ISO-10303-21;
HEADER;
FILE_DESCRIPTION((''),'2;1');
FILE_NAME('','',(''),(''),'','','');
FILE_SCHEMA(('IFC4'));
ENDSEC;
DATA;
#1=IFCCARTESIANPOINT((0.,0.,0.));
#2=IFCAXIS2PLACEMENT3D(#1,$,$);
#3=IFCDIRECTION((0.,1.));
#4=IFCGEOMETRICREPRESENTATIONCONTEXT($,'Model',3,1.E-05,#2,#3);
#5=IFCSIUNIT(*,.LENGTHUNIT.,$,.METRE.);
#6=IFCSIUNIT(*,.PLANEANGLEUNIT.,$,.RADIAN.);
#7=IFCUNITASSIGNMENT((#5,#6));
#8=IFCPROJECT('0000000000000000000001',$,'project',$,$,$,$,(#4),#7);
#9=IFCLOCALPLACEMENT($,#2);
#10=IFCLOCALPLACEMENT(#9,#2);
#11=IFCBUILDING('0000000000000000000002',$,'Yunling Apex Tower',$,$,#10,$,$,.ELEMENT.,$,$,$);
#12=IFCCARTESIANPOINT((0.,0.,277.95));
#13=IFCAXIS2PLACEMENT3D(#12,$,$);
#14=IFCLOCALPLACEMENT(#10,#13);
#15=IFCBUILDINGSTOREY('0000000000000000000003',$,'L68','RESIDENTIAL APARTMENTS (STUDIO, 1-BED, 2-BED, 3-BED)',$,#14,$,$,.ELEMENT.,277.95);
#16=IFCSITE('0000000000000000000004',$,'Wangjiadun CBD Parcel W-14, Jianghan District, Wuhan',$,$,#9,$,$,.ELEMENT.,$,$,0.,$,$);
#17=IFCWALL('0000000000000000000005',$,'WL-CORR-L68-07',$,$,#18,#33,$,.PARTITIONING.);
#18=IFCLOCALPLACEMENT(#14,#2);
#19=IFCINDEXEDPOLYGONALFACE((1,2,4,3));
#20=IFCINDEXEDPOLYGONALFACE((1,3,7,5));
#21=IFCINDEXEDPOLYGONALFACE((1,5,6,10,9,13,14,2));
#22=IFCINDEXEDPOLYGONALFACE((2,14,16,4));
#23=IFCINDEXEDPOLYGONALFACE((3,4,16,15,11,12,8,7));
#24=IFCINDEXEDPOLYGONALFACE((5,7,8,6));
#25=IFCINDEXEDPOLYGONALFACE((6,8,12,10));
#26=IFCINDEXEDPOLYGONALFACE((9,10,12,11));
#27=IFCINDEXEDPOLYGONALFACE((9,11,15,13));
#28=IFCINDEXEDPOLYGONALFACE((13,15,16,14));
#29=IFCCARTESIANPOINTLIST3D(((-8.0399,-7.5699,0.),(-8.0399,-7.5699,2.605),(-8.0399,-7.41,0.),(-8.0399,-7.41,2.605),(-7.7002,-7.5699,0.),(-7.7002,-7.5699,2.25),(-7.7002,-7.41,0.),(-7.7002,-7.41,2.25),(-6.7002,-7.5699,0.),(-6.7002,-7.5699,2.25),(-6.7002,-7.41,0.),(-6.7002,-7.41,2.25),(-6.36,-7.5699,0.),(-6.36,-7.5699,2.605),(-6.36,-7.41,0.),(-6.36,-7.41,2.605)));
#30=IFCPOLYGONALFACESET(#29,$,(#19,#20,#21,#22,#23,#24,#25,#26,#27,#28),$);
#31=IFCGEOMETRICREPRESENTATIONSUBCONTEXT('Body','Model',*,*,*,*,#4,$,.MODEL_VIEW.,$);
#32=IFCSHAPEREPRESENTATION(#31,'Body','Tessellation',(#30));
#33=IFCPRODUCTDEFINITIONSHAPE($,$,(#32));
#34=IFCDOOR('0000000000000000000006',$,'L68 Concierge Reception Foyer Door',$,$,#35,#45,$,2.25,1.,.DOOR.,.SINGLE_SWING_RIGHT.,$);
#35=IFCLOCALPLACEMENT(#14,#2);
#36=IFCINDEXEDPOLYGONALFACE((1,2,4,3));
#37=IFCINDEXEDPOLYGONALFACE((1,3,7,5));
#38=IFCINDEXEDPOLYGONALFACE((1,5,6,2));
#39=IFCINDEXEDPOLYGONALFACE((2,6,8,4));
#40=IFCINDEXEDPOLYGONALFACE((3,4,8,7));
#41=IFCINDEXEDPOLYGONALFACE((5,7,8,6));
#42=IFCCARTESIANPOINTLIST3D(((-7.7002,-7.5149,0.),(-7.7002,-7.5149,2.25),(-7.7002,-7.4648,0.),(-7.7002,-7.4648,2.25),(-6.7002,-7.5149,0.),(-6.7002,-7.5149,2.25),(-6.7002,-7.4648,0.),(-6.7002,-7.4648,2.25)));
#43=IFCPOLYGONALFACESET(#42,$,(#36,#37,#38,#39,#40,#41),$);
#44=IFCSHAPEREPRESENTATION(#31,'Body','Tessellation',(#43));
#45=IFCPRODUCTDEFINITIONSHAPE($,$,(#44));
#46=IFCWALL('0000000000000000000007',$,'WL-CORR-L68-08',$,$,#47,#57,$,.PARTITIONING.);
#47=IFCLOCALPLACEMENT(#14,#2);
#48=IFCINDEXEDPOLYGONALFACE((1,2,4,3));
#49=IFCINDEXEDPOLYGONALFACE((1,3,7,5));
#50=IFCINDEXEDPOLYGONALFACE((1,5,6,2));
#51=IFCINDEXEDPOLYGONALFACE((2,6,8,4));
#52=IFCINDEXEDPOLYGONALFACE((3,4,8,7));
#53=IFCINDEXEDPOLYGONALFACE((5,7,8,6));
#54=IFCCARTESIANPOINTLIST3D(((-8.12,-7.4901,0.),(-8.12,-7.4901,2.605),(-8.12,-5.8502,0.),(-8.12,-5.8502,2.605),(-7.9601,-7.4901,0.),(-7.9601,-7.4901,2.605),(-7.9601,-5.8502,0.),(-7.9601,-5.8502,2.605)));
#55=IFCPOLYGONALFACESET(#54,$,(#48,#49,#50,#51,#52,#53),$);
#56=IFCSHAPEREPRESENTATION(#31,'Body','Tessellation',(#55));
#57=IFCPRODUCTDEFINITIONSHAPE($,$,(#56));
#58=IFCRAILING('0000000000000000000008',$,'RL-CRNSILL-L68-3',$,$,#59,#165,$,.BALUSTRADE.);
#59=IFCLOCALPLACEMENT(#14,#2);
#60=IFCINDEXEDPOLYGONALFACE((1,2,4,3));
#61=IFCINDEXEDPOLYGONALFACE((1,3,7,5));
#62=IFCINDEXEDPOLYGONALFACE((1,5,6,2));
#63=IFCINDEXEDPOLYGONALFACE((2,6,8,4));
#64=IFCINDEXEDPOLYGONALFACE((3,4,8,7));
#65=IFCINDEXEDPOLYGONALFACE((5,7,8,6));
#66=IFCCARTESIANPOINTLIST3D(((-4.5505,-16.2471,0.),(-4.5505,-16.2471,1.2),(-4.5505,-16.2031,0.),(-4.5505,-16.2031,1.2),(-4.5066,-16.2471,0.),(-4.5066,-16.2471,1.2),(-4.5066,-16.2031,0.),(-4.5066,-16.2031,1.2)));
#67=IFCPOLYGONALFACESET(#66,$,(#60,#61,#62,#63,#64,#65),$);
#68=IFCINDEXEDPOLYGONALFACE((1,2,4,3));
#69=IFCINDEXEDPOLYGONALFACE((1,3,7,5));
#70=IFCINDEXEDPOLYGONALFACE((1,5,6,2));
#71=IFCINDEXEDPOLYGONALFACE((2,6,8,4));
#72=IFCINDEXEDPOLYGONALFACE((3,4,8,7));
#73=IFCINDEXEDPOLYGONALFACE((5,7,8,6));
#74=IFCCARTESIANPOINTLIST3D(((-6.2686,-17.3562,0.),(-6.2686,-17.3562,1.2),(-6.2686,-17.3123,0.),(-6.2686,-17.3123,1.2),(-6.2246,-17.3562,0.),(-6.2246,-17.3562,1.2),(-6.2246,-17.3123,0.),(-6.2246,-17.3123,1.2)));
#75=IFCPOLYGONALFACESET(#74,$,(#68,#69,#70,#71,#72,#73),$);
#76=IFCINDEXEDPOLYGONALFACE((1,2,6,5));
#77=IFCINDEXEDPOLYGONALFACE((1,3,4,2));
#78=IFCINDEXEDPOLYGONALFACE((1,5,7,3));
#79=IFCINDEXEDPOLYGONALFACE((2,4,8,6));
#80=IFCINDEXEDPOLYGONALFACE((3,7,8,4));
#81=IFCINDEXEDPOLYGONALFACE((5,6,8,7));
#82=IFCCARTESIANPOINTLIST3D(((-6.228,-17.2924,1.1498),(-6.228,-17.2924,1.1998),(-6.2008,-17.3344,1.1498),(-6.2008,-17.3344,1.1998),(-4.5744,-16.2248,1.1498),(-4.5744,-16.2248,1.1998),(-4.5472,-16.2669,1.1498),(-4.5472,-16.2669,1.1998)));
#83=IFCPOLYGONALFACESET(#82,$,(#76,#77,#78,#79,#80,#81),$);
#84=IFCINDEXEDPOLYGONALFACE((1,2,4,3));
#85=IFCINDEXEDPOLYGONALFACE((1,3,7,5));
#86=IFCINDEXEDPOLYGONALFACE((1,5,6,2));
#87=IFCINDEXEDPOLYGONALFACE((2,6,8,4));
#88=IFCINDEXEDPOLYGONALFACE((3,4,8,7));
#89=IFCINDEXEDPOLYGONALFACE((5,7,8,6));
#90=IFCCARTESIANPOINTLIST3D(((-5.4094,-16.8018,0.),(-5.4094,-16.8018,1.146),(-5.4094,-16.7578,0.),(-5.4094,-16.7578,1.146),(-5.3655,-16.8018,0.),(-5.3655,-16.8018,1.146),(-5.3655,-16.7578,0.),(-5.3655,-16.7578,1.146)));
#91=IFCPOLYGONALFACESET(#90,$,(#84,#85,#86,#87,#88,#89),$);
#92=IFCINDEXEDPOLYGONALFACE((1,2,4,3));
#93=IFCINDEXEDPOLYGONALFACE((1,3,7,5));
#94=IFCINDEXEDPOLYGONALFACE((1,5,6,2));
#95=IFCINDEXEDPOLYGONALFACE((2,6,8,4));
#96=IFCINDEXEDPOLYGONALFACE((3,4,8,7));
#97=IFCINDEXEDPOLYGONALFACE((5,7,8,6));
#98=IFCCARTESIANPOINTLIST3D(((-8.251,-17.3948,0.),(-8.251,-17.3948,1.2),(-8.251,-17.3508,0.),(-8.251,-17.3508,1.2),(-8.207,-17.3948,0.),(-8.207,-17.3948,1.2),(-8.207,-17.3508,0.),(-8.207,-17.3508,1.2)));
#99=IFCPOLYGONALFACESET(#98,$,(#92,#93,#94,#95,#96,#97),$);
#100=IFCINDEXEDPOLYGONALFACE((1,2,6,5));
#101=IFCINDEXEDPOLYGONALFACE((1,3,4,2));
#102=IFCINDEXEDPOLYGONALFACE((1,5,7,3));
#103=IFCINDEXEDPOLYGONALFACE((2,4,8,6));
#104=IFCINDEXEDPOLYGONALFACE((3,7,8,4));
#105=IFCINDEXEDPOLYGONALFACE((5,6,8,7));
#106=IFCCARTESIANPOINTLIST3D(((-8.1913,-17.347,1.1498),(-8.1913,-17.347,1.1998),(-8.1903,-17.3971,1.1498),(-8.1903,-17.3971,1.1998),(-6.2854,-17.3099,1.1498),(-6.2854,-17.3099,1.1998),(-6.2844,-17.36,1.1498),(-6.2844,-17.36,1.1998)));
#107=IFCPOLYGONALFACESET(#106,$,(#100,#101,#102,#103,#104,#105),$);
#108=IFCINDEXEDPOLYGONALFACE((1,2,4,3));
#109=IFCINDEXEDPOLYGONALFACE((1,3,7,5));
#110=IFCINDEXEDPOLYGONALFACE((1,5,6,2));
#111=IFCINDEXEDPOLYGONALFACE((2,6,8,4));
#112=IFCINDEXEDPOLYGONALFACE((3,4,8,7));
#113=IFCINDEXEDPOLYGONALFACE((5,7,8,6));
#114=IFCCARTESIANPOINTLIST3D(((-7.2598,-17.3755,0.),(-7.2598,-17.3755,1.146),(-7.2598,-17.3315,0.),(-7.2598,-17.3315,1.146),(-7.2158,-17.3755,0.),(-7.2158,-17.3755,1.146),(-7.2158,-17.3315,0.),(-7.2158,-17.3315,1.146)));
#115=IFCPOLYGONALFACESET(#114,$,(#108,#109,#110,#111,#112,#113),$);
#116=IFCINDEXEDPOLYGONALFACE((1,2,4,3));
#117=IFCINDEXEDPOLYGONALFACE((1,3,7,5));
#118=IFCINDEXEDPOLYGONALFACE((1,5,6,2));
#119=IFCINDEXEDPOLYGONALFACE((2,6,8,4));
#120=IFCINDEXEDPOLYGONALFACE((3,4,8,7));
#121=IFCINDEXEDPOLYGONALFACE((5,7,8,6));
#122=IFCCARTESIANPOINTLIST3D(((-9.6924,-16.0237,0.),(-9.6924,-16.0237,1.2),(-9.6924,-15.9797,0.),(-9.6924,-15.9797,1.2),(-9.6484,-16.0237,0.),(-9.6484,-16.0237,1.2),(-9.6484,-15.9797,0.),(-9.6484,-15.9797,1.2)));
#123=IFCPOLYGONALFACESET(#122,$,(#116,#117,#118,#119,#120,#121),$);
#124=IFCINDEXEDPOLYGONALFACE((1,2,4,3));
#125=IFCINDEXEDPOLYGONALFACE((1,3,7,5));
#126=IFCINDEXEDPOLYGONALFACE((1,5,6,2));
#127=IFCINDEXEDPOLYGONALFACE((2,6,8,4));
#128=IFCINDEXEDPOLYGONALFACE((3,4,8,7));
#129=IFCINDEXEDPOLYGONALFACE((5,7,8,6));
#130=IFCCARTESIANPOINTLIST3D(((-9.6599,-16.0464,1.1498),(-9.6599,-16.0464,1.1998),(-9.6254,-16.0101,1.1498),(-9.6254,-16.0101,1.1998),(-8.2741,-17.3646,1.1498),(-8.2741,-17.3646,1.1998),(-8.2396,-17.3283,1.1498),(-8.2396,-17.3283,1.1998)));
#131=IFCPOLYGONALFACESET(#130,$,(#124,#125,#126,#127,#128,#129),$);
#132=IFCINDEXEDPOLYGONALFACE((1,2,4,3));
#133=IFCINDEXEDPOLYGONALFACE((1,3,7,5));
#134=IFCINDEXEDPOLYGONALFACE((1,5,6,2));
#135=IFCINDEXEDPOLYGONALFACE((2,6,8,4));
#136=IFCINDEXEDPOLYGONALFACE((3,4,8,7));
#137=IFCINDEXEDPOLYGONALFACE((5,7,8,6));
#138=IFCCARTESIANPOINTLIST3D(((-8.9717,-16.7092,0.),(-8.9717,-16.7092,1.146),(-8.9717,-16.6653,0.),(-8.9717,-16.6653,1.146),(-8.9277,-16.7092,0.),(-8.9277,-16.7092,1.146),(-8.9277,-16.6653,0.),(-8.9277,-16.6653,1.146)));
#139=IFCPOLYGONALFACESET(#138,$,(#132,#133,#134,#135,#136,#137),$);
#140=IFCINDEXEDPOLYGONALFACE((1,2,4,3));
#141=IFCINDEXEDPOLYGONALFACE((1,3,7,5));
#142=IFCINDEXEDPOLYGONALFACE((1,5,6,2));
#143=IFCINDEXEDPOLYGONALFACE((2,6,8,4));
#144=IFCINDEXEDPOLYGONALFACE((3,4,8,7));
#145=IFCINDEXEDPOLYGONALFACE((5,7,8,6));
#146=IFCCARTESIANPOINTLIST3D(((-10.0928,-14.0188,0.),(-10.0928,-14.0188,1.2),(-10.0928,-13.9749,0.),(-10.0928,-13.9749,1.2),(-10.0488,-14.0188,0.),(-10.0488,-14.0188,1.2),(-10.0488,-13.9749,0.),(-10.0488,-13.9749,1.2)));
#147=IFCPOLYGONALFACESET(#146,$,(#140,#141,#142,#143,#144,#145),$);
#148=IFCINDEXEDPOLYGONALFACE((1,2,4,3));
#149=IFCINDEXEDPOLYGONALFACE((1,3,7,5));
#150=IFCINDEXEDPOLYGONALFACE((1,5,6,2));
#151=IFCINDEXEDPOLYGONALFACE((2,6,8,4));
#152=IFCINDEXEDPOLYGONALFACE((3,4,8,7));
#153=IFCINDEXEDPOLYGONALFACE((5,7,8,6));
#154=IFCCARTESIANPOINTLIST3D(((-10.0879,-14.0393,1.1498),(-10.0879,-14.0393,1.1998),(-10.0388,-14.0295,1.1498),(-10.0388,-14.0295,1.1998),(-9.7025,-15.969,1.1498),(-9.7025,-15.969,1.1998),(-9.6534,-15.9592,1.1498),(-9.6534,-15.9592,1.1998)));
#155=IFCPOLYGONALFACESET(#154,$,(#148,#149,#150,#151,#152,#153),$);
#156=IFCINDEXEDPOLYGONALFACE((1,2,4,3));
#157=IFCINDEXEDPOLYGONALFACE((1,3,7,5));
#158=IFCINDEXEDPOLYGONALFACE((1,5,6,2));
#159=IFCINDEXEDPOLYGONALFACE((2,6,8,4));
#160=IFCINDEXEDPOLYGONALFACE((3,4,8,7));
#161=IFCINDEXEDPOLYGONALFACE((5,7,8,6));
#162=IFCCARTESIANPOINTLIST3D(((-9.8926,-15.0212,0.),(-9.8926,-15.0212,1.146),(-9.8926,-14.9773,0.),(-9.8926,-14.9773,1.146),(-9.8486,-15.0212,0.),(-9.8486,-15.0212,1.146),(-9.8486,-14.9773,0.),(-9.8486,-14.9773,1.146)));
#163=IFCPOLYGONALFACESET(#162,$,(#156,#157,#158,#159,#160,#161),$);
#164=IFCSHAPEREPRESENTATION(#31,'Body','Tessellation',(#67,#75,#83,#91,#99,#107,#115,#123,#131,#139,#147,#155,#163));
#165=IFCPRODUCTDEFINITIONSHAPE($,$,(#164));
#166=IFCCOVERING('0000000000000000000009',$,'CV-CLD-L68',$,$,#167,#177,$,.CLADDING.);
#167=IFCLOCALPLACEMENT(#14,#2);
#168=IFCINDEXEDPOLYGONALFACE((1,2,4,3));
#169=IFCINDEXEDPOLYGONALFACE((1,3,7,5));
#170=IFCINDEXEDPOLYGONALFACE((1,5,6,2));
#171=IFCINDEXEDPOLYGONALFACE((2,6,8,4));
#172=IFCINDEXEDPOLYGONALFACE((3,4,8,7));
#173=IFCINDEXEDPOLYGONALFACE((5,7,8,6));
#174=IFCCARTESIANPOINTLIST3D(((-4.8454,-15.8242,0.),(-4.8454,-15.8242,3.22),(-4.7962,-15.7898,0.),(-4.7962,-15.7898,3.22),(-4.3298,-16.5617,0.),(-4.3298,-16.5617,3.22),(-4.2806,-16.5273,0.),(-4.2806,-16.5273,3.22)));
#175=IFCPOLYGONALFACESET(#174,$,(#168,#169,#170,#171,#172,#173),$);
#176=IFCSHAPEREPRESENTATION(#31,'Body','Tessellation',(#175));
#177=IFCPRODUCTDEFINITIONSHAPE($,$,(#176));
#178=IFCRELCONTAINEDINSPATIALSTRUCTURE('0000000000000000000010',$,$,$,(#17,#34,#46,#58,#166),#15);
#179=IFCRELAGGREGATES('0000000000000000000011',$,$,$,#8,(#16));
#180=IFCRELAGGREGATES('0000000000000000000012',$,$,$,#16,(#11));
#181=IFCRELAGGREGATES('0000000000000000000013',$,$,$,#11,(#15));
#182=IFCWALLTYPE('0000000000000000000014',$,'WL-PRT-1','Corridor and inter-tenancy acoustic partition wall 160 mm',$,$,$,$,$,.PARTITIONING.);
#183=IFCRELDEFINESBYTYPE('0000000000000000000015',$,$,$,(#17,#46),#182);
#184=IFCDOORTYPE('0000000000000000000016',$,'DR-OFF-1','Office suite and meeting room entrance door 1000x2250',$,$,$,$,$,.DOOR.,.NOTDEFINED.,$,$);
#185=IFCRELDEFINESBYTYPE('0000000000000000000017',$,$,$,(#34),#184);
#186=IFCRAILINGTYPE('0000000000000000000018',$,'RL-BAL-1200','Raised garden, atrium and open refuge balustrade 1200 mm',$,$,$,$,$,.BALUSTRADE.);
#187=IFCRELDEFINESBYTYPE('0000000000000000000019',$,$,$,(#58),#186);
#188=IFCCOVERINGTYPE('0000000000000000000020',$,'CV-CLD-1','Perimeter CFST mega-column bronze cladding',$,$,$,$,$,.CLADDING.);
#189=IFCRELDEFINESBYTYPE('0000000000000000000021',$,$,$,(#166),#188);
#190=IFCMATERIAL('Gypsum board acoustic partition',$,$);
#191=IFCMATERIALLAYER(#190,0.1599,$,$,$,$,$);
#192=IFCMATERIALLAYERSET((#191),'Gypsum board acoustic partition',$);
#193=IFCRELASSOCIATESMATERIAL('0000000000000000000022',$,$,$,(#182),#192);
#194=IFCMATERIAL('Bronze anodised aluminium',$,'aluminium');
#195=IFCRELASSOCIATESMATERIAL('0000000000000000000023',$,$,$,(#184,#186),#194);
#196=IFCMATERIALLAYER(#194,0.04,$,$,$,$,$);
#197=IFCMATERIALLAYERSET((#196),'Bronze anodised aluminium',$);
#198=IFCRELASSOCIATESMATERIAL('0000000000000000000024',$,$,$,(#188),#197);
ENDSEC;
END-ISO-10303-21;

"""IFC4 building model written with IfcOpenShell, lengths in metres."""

from ifc_helpers import new_model, si_unit, direction, frame, frame_2d, origin, origin_2d, place, context, subcontext, project, spatial, rectangle, extrude, source, transform, mapped, material, layer, layer_set, type_object, element, fill, save


model = new_model("IFC4")

# Units and contexts
model_context = context("Model", 3, precision=1e-05, world=origin(), true_north=direction((0.0, 1.0)))
body_context = subcontext(model_context, "Body", "Model", "MODEL_VIEW")
ifc_project = project(units=[si_unit("LENGTHUNIT", "METRE"), si_unit("PLANEANGLEUNIT", "RADIAN")], contexts=[model_context])

# Site, building, storey
site_placement = place(None, origin())
site = spatial("IfcSite", under=ifc_project, at=site_placement, Name="Wangjiadun CBD Parcel W-14, Jianghan District, Wuhan", CompositionType="ELEMENT", RefElevation=0.0)
building_placement = place(site_placement, origin())
building = spatial("IfcBuilding", under=site, at=building_placement, Name="Yunling Apex Tower", CompositionType="ELEMENT")
storey_placement = place(building_placement, frame((0.0, 0.0, 277.95)))
storey = spatial("IfcBuildingStorey", under=building, at=storey_placement, Name="L68", Description="RESIDENTIAL APARTMENTS (STUDIO, 1-BED, 2-BED, 3-BED)", CompositionType="ELEMENT", Elevation=277.95)

# Shared definitions
ifc_material_1 = material(Name="Bronze anodised aluminium", Category="aluminium")

# Wall, opening, door
ifc_material_2 = material(Name="Gypsum board acoustic partition")
ifc_layer_1 = layer(ifc_material_2, 0.1599)
ifc_layer_set_1 = layer_set([ifc_layer_1], Name="Gypsum board acoustic partition")
wall_type = type_object("IfcWallType", Name="WL-PRT-1", Description="Corridor and inter-tenancy acoustic partition wall 160 mm", PredefinedType="PARTITIONING", material=ifc_layer_set_1)
wall_1_placement = place(storey_placement, frame((-6.3601, -7.49, 0.0), z_axis=(0.0, 0.0, 1.0), x_axis=(-1.0, 0.0, 0.0)))
wall_1 = element("IfcWall", 1, at=wall_1_placement, inside=storey, type_object=wall_type, Name="WL-CORR-L68-07", PredefinedType="PARTITIONING", context=body_context, shape_type="SweptSolid", body=[
    extrude(rectangle(XDim=1.6799, YDim=0.1599, at=frame_2d((0.8398, 0.0))), origin(), (0.0, 0.0, 1.0), 2.605),
])
opening_placement = place(wall_1_placement, frame((0.3401, 0.0, 0.0)))
opening = element("IfcOpeningElement", 2, at=opening_placement, cuts=wall_1, PredefinedType="OPENING", context=body_context, shape_type="SweptSolid", body=[
    extrude(rectangle(XDim=1.0, YDim=2.25, at=frame_2d((0.5, 1.125))), frame((0.0, 0.0898, 0.0), z_axis=(0.0, -1.0, 0.0), x_axis=(1.0, 0.0, 0.0)), (0.0, 0.0, 1.0), 0.1799),
])
door_type = type_object("IfcDoorType", Name="DR-OFF-1", Description="Office suite and meeting room entrance door 1000x2250", OperationType="NOTDEFINED", PredefinedType="DOOR", material=ifc_material_1)
door_placement = place(opening_placement, origin())
door = element("IfcDoor", 3, at=door_placement, inside=storey, type_object=door_type, Name="L68 Concierge Reception Foyer Door", OperationType="SINGLE_SWING_RIGHT", OverallHeight=2.25, OverallWidth=1.0, PredefinedType="DOOR", context=body_context, shape_type="SweptSolid", body=[
    extrude(rectangle(XDim=1.0, YDim=2.25, at=frame_2d((0.5, 1.125))), frame((0.0, 0.0249, 0.0), z_axis=(0.0, -1.0, 0.0), x_axis=(1.0, 0.0, 0.0)), (0.0, 0.0, 1.0), 0.05),
])
fill(opening, door)

# Wall
wall_2_placement = place(storey_placement, frame((-8.04, -7.49, 0.0), z_axis=(0.0, 0.0, 1.0), x_axis=(0.0, 1.0, 0.0)))
element("IfcWall", 4, at=wall_2_placement, inside=storey, type_object=wall_type, Name="WL-CORR-L68-08", PredefinedType="PARTITIONING", context=body_context, shape_type="SweptSolid", body=[
    extrude(rectangle(XDim=1.6399, YDim=0.1599, at=frame_2d((0.8198, 0.0))), origin(), (0.0, 0.0, 1.0), 2.605),
])

# Railing
railing_type = type_object("IfcRailingType", Name="RL-BAL-1200", Description="Raised garden, atrium and open refuge balustrade 1200 mm", PredefinedType="BALUSTRADE", material=ifc_material_1)
railing_placement = place(storey_placement, frame((-4.5286, -16.2251, 0.0)))
element("IfcRailing", 5, at=railing_placement, inside=storey, type_object=railing_type, Name="RL-CRNSILL-L68-3", PredefinedType="BALUSTRADE", context=body_context, shape_type="SweptSolid", body=[
    extrude(rectangle(XDim=0.0439, YDim=0.0439, at=origin_2d()), origin(), (0.0, 0.0, 1.0), 1.2),
    extrude(rectangle(XDim=0.0439, YDim=0.0439, at=origin_2d()), frame((-1.718, -1.1091, 0.0)), (0.0, 0.0, 1.0), 1.2),
    extrude(rectangle(XDim=0.05, YDim=0.05, at=origin_2d()), frame((-0.0322, -0.0208, 1.1748), z_axis=(-0.840133, -0.54238, 0.0), x_axis=(0.54238, -0.840133, 0.0)), (0.0, 0.0, 1.0), 1.9683),
    extrude(rectangle(XDim=0.0439, YDim=0.0439, at=origin_2d()), frame((-0.8589, -0.5547, 0.0)), (0.0, 0.0, 1.0), 1.146),
    extrude(rectangle(XDim=0.0439, YDim=0.0439, at=origin_2d()), frame((-3.7004, -1.1477, 0.0)), (0.0, 0.0, 1.0), 1.2),
    extrude(rectangle(XDim=0.05, YDim=0.05, at=origin_2d()), frame((-1.7563, -1.1099, 1.1748), z_axis=(-0.999811, -0.019454, 0.0), x_axis=(0.019454, -0.999811, 0.0)), (0.0, 0.0, 1.0), 1.9062),
    extrude(rectangle(XDim=0.0439, YDim=0.0439, at=origin_2d()), frame((-2.7092, -1.1284, 0.0)), (0.0, 0.0, 1.0), 1.146),
    extrude(rectangle(XDim=0.0439, YDim=0.0439, at=origin_2d()), frame((-5.1418, 0.2234, 0.0)), (0.0, 0.0, 1.0), 1.2),
    extrude(rectangle(XDim=0.05, YDim=0.05, at=origin_2d()), frame((-3.7283, -1.1213, 1.1748), z_axis=(-0.724558, 0.689214, 0.0), x_axis=(-0.689214, -0.724558, 0.0)), (0.0, 0.0, 1.0), 1.9126),
    extrude(rectangle(XDim=0.0439, YDim=0.0439, at=origin_2d()), frame((-4.4211, -0.4622, 0.0)), (0.0, 0.0, 1.0), 1.146),
    extrude(rectangle(XDim=0.0439, YDim=0.0439, at=origin_2d()), frame((-5.5422, 2.2283, 0.0)), (0.0, 0.0, 1.0), 1.2),
    extrude(rectangle(XDim=0.05, YDim=0.05, at=origin_2d()), frame((-5.1494, 0.261, 1.1748), z_axis=(-0.195841, 0.980636, 0.0), x_axis=(-0.980636, -0.195841, 0.0)), (0.0, 0.0, 1.0), 1.9678),
    extrude(rectangle(XDim=0.0439, YDim=0.0439, at=origin_2d()), frame((-5.342, 1.2258, 0.0)), (0.0, 0.0, 1.0), 1.146),
])

# Covering
ifc_layer_2 = layer(ifc_material_1, 0.04)
ifc_layer_set_2 = layer_set([ifc_layer_2], Name="Bronze anodised aluminium")
covering_type = type_object("IfcCoveringType", Name="CV-CLD-1", Description="Perimeter CFST mega-column bronze cladding", PredefinedType="CLADDING", material=ifc_layer_set_2)
shared_shape_1 = source(origin(), body_context, "Body", "SweptSolid", [
    extrude(rectangle(XDim=0.0601, YDim=0.8999, at=origin_2d()), origin(), (0.0, 0.0, 1.0), 3.22),
])
covering_placement = place(storey_placement, frame((-4.563, -16.1758, 0.0), z_axis=(0.0, 0.0, 1.0), x_axis=(0.819552, 0.573004, 0.0)))
element("IfcCovering", 6, at=covering_placement, inside=storey, type_object=covering_type, Name="CV-CLD-L68", PredefinedType="CLADDING", context=body_context, shape_type="MappedRepresentation", body=[
    mapped(shared_shape_1, transform((0.0, 0.0, 0.0), scale=1.0)),
])

save(model, "model.ifc")
